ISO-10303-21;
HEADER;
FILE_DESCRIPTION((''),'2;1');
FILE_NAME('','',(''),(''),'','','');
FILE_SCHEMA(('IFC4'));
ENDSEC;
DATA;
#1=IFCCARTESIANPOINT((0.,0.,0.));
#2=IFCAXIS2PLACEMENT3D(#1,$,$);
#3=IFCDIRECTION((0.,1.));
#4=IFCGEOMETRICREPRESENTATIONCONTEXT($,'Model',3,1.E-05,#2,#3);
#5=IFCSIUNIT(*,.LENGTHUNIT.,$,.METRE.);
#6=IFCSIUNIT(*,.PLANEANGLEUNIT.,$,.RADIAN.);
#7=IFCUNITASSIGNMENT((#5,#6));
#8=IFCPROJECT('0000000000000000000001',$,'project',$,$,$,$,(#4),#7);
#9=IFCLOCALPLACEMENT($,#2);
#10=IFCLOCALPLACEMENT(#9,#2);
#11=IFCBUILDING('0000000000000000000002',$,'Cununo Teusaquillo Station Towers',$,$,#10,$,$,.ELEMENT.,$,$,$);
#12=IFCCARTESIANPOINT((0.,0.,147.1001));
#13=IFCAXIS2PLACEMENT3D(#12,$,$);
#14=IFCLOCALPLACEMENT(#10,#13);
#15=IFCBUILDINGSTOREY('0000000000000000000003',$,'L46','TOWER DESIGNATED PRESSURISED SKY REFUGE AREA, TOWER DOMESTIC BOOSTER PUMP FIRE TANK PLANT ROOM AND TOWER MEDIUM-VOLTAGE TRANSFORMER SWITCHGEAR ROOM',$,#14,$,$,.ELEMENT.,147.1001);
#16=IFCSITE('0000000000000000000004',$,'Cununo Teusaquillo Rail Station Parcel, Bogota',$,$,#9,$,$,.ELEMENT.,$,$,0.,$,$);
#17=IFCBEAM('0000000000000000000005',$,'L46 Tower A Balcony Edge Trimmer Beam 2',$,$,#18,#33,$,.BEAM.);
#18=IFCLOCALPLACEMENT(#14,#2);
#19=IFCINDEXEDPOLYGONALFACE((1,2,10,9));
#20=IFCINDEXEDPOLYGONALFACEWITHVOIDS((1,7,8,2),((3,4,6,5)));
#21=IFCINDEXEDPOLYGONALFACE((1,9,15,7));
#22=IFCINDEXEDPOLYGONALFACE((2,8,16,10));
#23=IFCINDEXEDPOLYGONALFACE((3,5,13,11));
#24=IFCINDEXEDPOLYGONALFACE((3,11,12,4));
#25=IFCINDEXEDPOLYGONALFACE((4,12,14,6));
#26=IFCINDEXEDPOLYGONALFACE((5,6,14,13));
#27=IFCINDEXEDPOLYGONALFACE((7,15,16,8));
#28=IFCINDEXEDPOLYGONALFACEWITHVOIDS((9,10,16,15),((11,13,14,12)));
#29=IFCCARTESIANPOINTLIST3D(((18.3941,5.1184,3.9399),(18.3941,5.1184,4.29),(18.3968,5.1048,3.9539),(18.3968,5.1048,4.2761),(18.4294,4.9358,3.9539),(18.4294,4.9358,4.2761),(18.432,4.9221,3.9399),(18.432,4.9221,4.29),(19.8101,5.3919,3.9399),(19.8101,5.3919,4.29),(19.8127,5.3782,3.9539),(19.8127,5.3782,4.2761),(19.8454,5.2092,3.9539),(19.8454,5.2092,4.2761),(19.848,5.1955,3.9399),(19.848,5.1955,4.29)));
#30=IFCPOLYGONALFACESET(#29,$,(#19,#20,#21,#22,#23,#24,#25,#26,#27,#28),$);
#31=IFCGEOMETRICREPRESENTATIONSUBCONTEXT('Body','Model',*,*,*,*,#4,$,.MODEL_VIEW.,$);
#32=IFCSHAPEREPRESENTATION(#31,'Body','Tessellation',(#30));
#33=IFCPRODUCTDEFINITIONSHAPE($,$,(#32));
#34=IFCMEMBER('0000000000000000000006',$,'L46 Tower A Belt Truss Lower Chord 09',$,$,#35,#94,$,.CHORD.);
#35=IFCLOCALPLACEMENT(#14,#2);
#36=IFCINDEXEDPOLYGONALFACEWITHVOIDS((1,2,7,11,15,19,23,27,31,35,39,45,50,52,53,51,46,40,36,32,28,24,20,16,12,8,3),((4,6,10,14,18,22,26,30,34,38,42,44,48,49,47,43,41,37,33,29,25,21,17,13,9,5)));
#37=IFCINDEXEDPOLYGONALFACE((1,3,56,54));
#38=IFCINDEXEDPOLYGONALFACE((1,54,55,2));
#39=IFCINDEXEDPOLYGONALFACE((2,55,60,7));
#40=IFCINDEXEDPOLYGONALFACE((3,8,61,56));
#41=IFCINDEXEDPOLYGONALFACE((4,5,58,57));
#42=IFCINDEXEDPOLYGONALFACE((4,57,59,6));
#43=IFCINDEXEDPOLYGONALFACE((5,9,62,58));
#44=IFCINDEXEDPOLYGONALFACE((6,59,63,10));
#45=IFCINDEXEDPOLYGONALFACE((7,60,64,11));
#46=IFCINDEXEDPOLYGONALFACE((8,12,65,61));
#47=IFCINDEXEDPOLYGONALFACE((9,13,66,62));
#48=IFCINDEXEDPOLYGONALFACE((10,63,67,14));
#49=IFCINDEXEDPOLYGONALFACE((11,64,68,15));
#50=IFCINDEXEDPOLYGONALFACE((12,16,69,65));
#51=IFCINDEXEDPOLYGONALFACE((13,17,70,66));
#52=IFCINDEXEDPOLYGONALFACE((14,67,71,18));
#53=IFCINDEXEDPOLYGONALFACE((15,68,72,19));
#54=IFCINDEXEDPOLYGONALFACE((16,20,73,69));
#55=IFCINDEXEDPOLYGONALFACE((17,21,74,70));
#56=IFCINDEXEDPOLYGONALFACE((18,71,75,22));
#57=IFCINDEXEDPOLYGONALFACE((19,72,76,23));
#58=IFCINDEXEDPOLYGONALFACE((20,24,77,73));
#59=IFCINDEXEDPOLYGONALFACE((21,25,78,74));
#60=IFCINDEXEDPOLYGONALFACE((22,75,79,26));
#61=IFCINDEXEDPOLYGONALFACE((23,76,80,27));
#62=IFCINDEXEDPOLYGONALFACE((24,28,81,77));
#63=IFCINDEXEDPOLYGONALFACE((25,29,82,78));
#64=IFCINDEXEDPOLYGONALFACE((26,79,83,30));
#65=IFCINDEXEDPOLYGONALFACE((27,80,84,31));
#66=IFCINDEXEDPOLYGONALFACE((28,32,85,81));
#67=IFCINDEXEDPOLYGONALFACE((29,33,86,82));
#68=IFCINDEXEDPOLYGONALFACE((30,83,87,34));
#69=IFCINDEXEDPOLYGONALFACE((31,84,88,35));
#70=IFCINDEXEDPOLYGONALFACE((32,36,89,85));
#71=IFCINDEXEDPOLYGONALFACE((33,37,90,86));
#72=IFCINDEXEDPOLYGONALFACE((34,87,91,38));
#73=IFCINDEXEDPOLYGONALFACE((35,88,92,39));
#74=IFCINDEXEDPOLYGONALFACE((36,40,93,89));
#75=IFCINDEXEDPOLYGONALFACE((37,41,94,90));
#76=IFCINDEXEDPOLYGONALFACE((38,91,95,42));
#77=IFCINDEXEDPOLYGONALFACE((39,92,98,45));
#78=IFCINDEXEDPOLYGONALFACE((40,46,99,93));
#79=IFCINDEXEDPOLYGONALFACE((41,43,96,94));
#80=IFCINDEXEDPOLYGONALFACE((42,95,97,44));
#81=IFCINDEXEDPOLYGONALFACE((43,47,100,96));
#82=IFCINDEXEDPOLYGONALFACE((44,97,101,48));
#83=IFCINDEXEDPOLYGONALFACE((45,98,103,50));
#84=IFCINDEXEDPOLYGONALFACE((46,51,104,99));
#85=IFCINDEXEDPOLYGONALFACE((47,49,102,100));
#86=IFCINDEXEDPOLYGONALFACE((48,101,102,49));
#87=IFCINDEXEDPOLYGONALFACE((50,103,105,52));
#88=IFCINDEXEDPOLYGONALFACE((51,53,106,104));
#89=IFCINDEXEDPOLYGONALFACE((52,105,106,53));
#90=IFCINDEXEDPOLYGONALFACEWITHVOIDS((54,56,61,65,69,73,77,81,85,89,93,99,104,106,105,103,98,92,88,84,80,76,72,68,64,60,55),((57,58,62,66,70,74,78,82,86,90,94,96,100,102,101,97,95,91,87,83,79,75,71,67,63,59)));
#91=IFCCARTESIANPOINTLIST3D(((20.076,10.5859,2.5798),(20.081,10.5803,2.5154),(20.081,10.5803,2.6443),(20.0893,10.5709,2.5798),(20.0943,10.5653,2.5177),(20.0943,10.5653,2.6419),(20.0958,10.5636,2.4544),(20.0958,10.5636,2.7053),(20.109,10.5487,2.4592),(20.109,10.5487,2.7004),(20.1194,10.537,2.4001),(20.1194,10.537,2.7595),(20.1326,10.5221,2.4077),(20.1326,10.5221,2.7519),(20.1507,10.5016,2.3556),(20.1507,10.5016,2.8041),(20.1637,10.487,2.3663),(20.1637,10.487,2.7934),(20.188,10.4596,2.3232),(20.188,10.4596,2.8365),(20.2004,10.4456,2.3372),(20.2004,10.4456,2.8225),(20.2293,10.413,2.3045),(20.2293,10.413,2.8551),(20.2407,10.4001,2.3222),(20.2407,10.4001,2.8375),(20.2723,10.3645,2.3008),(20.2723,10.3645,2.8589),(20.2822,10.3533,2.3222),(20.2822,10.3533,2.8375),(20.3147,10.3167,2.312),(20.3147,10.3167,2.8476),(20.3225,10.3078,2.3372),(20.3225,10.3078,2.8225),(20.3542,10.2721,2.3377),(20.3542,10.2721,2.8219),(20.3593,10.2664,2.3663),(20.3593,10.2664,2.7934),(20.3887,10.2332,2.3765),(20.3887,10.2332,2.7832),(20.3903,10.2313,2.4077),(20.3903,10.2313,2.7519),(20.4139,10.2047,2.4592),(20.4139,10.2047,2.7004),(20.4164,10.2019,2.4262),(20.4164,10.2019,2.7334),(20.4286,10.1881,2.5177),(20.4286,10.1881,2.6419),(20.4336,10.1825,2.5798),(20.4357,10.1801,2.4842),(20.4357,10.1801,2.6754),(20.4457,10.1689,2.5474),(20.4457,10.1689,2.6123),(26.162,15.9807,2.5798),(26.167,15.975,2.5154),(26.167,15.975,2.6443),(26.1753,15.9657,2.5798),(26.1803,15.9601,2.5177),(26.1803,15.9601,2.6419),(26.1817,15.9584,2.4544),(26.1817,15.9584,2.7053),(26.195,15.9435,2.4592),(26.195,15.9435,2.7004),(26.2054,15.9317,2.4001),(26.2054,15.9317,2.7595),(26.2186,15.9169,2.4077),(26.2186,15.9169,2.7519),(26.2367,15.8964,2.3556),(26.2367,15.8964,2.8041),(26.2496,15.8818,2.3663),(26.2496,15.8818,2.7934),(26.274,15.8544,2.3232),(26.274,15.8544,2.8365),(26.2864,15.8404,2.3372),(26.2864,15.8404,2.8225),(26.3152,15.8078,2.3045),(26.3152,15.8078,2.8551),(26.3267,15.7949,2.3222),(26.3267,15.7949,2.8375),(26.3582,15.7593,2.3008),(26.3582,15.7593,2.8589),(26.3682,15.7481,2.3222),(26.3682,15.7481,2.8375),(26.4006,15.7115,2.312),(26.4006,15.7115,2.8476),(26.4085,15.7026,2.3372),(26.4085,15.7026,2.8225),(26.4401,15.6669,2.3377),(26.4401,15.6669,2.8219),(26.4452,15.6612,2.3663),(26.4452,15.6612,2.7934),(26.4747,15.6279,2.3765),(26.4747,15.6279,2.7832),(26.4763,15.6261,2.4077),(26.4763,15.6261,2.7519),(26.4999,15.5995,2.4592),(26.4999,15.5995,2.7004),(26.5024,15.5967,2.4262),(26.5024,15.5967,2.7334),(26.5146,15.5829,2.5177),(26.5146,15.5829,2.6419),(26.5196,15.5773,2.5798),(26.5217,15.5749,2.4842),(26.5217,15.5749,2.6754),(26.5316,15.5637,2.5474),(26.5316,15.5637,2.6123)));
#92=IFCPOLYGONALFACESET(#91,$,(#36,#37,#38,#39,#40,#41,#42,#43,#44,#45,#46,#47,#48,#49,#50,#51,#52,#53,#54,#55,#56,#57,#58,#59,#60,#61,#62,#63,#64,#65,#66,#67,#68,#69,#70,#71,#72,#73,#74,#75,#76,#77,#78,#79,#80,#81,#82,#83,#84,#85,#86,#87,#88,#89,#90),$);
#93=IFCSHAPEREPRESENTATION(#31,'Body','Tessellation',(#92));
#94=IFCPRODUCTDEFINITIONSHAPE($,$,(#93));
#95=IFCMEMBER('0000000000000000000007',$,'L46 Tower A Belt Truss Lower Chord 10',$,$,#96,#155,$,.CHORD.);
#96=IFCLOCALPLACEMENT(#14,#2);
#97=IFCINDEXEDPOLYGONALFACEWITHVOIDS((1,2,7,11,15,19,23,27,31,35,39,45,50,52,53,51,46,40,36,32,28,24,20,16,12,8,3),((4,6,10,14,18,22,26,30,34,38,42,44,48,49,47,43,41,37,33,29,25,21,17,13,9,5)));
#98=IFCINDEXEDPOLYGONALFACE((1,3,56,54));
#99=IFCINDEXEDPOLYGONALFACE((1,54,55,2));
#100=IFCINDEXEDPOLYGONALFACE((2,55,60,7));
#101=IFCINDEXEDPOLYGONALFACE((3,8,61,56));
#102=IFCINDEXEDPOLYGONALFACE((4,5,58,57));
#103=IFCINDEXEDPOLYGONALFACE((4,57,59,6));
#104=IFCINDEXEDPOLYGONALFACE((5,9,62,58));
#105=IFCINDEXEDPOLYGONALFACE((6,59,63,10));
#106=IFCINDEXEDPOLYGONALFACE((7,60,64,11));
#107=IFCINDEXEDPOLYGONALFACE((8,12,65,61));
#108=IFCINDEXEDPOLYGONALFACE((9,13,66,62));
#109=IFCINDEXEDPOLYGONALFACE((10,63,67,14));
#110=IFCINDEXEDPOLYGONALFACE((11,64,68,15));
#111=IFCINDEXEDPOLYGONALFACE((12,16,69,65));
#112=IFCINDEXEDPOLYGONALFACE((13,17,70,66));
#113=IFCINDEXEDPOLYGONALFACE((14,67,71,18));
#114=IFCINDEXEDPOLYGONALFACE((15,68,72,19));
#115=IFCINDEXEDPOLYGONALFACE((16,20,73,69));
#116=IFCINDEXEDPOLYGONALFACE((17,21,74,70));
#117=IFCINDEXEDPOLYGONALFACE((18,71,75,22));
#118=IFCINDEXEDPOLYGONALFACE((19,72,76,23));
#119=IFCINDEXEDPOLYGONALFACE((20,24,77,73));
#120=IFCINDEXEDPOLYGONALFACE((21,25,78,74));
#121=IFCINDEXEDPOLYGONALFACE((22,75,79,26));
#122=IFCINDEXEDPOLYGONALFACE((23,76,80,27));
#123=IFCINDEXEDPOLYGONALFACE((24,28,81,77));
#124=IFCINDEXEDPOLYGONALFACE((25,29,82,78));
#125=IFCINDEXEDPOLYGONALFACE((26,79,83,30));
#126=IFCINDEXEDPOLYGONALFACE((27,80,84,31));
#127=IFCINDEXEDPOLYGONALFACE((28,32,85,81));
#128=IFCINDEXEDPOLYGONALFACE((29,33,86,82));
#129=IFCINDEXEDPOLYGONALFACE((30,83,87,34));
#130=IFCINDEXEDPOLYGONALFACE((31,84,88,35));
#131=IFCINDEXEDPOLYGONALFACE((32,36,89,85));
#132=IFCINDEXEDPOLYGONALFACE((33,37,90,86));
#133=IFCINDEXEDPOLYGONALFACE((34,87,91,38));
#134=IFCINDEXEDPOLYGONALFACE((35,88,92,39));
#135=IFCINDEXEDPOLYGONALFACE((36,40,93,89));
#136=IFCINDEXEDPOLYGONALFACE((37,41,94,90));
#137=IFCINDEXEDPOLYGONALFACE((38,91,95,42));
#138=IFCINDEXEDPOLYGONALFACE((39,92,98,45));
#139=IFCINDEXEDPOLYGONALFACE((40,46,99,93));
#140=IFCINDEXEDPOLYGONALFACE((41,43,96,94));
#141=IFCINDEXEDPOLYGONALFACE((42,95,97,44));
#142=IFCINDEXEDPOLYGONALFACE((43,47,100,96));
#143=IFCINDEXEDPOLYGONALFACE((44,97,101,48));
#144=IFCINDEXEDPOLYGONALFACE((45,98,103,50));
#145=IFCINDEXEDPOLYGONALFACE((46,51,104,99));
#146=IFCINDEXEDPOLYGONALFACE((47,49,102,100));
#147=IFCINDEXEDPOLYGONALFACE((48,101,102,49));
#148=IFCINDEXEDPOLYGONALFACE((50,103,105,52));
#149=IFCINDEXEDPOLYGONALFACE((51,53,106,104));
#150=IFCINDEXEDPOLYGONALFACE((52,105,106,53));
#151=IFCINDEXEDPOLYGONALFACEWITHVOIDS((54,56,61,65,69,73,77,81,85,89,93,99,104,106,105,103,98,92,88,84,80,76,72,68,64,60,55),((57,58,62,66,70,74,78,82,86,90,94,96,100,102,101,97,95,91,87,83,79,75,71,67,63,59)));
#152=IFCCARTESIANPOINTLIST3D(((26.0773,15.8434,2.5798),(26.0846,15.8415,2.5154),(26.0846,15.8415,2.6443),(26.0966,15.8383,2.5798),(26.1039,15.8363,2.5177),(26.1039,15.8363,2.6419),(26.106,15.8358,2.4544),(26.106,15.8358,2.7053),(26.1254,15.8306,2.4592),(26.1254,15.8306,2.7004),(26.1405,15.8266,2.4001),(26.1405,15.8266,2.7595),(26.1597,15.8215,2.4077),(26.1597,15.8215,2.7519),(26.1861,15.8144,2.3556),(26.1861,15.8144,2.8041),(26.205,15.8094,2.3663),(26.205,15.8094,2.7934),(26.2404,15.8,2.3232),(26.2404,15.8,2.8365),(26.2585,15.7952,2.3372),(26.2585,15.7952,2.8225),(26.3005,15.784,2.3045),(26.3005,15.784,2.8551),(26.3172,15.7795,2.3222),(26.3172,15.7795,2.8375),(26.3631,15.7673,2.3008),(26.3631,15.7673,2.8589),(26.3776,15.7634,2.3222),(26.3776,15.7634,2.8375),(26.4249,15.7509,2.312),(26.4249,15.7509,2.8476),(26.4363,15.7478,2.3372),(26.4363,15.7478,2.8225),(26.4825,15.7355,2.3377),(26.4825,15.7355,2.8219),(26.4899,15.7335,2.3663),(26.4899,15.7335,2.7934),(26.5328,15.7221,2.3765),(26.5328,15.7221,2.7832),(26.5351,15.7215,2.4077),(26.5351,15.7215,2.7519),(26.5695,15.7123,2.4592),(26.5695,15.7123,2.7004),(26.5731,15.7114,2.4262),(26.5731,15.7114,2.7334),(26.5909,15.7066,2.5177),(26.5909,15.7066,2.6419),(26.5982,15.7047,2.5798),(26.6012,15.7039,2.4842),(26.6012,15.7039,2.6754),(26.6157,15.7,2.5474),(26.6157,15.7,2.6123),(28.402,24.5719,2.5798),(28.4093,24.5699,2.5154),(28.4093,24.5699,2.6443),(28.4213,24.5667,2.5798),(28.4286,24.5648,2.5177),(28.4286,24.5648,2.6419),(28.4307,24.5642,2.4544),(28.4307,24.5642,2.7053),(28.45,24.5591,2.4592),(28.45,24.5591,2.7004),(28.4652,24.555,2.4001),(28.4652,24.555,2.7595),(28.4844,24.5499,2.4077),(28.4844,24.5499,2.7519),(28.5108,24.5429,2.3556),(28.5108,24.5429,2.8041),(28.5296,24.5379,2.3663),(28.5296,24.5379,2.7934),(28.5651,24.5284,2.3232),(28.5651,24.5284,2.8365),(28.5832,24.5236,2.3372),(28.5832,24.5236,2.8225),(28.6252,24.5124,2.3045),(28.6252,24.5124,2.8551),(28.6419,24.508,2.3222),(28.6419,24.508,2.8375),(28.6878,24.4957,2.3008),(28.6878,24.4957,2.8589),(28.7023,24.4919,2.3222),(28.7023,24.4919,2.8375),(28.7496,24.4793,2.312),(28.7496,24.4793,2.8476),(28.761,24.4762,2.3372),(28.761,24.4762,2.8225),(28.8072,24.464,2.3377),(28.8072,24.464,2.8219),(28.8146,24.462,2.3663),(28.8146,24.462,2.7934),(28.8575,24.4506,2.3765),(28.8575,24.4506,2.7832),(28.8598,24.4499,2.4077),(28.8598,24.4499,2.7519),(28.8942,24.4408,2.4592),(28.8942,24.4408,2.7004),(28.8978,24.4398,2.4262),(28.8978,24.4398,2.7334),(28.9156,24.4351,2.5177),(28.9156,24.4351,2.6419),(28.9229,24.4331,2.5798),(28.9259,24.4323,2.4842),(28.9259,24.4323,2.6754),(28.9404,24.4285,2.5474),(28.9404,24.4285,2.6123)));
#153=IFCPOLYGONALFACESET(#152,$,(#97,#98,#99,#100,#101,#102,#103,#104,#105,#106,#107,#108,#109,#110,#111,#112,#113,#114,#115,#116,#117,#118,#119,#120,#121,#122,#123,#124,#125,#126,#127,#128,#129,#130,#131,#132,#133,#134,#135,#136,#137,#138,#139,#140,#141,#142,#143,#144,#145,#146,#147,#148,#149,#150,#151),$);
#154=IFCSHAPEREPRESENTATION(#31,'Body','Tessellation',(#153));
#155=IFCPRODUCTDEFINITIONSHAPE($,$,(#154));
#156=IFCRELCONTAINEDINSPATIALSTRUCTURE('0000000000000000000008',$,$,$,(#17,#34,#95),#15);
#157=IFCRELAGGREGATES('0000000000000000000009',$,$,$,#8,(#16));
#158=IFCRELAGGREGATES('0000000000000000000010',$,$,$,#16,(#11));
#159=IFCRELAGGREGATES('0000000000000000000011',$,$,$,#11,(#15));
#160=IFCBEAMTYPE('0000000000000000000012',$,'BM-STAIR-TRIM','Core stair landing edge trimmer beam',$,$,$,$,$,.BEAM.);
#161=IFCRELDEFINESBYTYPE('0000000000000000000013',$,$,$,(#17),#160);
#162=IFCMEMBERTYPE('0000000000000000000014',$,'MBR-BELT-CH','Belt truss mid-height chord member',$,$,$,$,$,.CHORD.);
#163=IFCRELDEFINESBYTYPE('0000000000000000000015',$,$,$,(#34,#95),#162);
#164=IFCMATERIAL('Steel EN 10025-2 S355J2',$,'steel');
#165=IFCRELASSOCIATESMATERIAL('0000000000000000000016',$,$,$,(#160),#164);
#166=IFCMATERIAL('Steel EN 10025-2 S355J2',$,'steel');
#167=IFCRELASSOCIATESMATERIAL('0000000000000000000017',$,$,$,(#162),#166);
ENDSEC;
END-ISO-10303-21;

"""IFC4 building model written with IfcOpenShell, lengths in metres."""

from ifc_helpers import new_model, si_unit, direction, frame, origin, origin_2d, place, context, subcontext, project, spatial, hollow_rectangle, hollow_circle, extrude, material, material_profile, profile_set, type_object, element, save


model = new_model("IFC4")

# Units and contexts
model_context = context("Model", 3, precision=1e-05, world=origin(), true_north=direction((0.0, 1.0)))
body_context = subcontext(model_context, "Body", "Model", "MODEL_VIEW")
ifc_project = project(units=[si_unit("LENGTHUNIT", "METRE"), si_unit("PLANEANGLEUNIT", "RADIAN")], contexts=[model_context])

# Site, building, storey
site_placement = place(None, origin())
site = spatial("IfcSite", under=ifc_project, at=site_placement, Name="Cununo Teusaquillo Rail Station Parcel, Bogota", CompositionType="ELEMENT", RefElevation=0.0)
building_placement = place(site_placement, origin())
building = spatial("IfcBuilding", under=site, at=building_placement, Name="Cununo Teusaquillo Station Towers", CompositionType="ELEMENT")
storey_placement = place(building_placement, frame((0.0, 0.0, 147.1001)))
storey = spatial("IfcBuildingStorey", under=building, at=storey_placement, Name="L46", Description="TOWER DESIGNATED PRESSURISED SKY REFUGE AREA, TOWER DOMESTIC BOOSTER PUMP FIRE TANK PLANT ROOM AND TOWER MEDIUM-VOLTAGE TRANSFORMER SWITCHGEAR ROOM", CompositionType="ELEMENT", Elevation=147.1001)

# Beam
ifc_material_1 = material(Name="Steel EN 10025-2 S355J2", Category="steel")
ifc_material_profile_1 = material_profile(ifc_material_1, hollow_rectangle(XDim=0.2, YDim=0.3501, WallThickness=0.0139, at=origin_2d()), Name="RHS 350x200x14")
ifc_profile_set_1 = profile_set([ifc_material_profile_1], Name="Steel EN 10025-2 S355J2")
beam_type_1 = type_object("IfcBeamType", Name="BM-STAIR-TRIM", Description="Core stair landing edge trimmer beam", PredefinedType="BEAM", material=ifc_profile_set_1)
beam_1_placement = place(storey_placement, frame((18.4131, 5.0203, 4.115), z_axis=(0.981861, 0.189601, 0.0), x_axis=(-0.189601, 0.981861, 0.0)))
element("IfcBeam", 1, at=beam_1_placement, inside=storey, type_object=beam_type_1, Name="L46 Tower A Balcony Edge Trimmer Beam 2", PredefinedType="BEAM", context=body_context, shape_type="SweptSolid", body=[
    extrude(hollow_rectangle(XDim=0.2, YDim=0.3501, WallThickness=0.0139, at=origin_2d()), origin(), (0.0, 0.0, 1.0), 1.4421),
])

# Members
ifc_material_2 = material(Name="Steel EN 10025-2 S355J2", Category="steel")
ifc_material_profile_2 = material_profile(ifc_material_2, hollow_circle(Radius=0.2795, WallThickness=0.02, at=origin_2d()), Name="CHS 559x20")
ifc_profile_set_2 = profile_set([ifc_material_profile_2], Name="Steel EN 10025-2 S355J2")
member_type_1 = type_object("IfcMemberType", Name="MBR-BELT-CH", Description="Belt truss mid-height chord member", PredefinedType="CHORD", material=ifc_profile_set_2)
member_1_placement = place(storey_placement, frame((20.2615, 10.3767, 2.5798), z_axis=(0.748321, 0.663337, 0.0), x_axis=(-0.663337, 0.748321, 0.0)))
element("IfcMember", 2, at=member_1_placement, inside=storey, type_object=member_type_1, Name="L46 Tower A Belt Truss Lower Chord 09", PredefinedType="CHORD", context=body_context, shape_type="SweptSolid", body=[
    extrude(hollow_circle(Radius=0.2795, WallThickness=0.02, at=origin_2d()), origin(), (0.0, 0.0, 1.0), 8.1328),
])
member_2_placement = place(storey_placement, frame((26.3474, 15.7715, 2.5798), z_axis=(0.257363, 0.966315, 0.0), x_axis=(-0.966315, 0.257363, 0.0)))
element("IfcMember", 3, at=member_2_placement, inside=storey, type_object=member_type_1, Name="L46 Tower A Belt Truss Lower Chord 10", PredefinedType="CHORD", context=body_context, shape_type="SweptSolid", body=[
    extrude(hollow_circle(Radius=0.2795, WallThickness=0.02, at=origin_2d()), origin(), (0.0, 0.0, 1.0), 9.0327),
])

save(model, "model.ifc")
